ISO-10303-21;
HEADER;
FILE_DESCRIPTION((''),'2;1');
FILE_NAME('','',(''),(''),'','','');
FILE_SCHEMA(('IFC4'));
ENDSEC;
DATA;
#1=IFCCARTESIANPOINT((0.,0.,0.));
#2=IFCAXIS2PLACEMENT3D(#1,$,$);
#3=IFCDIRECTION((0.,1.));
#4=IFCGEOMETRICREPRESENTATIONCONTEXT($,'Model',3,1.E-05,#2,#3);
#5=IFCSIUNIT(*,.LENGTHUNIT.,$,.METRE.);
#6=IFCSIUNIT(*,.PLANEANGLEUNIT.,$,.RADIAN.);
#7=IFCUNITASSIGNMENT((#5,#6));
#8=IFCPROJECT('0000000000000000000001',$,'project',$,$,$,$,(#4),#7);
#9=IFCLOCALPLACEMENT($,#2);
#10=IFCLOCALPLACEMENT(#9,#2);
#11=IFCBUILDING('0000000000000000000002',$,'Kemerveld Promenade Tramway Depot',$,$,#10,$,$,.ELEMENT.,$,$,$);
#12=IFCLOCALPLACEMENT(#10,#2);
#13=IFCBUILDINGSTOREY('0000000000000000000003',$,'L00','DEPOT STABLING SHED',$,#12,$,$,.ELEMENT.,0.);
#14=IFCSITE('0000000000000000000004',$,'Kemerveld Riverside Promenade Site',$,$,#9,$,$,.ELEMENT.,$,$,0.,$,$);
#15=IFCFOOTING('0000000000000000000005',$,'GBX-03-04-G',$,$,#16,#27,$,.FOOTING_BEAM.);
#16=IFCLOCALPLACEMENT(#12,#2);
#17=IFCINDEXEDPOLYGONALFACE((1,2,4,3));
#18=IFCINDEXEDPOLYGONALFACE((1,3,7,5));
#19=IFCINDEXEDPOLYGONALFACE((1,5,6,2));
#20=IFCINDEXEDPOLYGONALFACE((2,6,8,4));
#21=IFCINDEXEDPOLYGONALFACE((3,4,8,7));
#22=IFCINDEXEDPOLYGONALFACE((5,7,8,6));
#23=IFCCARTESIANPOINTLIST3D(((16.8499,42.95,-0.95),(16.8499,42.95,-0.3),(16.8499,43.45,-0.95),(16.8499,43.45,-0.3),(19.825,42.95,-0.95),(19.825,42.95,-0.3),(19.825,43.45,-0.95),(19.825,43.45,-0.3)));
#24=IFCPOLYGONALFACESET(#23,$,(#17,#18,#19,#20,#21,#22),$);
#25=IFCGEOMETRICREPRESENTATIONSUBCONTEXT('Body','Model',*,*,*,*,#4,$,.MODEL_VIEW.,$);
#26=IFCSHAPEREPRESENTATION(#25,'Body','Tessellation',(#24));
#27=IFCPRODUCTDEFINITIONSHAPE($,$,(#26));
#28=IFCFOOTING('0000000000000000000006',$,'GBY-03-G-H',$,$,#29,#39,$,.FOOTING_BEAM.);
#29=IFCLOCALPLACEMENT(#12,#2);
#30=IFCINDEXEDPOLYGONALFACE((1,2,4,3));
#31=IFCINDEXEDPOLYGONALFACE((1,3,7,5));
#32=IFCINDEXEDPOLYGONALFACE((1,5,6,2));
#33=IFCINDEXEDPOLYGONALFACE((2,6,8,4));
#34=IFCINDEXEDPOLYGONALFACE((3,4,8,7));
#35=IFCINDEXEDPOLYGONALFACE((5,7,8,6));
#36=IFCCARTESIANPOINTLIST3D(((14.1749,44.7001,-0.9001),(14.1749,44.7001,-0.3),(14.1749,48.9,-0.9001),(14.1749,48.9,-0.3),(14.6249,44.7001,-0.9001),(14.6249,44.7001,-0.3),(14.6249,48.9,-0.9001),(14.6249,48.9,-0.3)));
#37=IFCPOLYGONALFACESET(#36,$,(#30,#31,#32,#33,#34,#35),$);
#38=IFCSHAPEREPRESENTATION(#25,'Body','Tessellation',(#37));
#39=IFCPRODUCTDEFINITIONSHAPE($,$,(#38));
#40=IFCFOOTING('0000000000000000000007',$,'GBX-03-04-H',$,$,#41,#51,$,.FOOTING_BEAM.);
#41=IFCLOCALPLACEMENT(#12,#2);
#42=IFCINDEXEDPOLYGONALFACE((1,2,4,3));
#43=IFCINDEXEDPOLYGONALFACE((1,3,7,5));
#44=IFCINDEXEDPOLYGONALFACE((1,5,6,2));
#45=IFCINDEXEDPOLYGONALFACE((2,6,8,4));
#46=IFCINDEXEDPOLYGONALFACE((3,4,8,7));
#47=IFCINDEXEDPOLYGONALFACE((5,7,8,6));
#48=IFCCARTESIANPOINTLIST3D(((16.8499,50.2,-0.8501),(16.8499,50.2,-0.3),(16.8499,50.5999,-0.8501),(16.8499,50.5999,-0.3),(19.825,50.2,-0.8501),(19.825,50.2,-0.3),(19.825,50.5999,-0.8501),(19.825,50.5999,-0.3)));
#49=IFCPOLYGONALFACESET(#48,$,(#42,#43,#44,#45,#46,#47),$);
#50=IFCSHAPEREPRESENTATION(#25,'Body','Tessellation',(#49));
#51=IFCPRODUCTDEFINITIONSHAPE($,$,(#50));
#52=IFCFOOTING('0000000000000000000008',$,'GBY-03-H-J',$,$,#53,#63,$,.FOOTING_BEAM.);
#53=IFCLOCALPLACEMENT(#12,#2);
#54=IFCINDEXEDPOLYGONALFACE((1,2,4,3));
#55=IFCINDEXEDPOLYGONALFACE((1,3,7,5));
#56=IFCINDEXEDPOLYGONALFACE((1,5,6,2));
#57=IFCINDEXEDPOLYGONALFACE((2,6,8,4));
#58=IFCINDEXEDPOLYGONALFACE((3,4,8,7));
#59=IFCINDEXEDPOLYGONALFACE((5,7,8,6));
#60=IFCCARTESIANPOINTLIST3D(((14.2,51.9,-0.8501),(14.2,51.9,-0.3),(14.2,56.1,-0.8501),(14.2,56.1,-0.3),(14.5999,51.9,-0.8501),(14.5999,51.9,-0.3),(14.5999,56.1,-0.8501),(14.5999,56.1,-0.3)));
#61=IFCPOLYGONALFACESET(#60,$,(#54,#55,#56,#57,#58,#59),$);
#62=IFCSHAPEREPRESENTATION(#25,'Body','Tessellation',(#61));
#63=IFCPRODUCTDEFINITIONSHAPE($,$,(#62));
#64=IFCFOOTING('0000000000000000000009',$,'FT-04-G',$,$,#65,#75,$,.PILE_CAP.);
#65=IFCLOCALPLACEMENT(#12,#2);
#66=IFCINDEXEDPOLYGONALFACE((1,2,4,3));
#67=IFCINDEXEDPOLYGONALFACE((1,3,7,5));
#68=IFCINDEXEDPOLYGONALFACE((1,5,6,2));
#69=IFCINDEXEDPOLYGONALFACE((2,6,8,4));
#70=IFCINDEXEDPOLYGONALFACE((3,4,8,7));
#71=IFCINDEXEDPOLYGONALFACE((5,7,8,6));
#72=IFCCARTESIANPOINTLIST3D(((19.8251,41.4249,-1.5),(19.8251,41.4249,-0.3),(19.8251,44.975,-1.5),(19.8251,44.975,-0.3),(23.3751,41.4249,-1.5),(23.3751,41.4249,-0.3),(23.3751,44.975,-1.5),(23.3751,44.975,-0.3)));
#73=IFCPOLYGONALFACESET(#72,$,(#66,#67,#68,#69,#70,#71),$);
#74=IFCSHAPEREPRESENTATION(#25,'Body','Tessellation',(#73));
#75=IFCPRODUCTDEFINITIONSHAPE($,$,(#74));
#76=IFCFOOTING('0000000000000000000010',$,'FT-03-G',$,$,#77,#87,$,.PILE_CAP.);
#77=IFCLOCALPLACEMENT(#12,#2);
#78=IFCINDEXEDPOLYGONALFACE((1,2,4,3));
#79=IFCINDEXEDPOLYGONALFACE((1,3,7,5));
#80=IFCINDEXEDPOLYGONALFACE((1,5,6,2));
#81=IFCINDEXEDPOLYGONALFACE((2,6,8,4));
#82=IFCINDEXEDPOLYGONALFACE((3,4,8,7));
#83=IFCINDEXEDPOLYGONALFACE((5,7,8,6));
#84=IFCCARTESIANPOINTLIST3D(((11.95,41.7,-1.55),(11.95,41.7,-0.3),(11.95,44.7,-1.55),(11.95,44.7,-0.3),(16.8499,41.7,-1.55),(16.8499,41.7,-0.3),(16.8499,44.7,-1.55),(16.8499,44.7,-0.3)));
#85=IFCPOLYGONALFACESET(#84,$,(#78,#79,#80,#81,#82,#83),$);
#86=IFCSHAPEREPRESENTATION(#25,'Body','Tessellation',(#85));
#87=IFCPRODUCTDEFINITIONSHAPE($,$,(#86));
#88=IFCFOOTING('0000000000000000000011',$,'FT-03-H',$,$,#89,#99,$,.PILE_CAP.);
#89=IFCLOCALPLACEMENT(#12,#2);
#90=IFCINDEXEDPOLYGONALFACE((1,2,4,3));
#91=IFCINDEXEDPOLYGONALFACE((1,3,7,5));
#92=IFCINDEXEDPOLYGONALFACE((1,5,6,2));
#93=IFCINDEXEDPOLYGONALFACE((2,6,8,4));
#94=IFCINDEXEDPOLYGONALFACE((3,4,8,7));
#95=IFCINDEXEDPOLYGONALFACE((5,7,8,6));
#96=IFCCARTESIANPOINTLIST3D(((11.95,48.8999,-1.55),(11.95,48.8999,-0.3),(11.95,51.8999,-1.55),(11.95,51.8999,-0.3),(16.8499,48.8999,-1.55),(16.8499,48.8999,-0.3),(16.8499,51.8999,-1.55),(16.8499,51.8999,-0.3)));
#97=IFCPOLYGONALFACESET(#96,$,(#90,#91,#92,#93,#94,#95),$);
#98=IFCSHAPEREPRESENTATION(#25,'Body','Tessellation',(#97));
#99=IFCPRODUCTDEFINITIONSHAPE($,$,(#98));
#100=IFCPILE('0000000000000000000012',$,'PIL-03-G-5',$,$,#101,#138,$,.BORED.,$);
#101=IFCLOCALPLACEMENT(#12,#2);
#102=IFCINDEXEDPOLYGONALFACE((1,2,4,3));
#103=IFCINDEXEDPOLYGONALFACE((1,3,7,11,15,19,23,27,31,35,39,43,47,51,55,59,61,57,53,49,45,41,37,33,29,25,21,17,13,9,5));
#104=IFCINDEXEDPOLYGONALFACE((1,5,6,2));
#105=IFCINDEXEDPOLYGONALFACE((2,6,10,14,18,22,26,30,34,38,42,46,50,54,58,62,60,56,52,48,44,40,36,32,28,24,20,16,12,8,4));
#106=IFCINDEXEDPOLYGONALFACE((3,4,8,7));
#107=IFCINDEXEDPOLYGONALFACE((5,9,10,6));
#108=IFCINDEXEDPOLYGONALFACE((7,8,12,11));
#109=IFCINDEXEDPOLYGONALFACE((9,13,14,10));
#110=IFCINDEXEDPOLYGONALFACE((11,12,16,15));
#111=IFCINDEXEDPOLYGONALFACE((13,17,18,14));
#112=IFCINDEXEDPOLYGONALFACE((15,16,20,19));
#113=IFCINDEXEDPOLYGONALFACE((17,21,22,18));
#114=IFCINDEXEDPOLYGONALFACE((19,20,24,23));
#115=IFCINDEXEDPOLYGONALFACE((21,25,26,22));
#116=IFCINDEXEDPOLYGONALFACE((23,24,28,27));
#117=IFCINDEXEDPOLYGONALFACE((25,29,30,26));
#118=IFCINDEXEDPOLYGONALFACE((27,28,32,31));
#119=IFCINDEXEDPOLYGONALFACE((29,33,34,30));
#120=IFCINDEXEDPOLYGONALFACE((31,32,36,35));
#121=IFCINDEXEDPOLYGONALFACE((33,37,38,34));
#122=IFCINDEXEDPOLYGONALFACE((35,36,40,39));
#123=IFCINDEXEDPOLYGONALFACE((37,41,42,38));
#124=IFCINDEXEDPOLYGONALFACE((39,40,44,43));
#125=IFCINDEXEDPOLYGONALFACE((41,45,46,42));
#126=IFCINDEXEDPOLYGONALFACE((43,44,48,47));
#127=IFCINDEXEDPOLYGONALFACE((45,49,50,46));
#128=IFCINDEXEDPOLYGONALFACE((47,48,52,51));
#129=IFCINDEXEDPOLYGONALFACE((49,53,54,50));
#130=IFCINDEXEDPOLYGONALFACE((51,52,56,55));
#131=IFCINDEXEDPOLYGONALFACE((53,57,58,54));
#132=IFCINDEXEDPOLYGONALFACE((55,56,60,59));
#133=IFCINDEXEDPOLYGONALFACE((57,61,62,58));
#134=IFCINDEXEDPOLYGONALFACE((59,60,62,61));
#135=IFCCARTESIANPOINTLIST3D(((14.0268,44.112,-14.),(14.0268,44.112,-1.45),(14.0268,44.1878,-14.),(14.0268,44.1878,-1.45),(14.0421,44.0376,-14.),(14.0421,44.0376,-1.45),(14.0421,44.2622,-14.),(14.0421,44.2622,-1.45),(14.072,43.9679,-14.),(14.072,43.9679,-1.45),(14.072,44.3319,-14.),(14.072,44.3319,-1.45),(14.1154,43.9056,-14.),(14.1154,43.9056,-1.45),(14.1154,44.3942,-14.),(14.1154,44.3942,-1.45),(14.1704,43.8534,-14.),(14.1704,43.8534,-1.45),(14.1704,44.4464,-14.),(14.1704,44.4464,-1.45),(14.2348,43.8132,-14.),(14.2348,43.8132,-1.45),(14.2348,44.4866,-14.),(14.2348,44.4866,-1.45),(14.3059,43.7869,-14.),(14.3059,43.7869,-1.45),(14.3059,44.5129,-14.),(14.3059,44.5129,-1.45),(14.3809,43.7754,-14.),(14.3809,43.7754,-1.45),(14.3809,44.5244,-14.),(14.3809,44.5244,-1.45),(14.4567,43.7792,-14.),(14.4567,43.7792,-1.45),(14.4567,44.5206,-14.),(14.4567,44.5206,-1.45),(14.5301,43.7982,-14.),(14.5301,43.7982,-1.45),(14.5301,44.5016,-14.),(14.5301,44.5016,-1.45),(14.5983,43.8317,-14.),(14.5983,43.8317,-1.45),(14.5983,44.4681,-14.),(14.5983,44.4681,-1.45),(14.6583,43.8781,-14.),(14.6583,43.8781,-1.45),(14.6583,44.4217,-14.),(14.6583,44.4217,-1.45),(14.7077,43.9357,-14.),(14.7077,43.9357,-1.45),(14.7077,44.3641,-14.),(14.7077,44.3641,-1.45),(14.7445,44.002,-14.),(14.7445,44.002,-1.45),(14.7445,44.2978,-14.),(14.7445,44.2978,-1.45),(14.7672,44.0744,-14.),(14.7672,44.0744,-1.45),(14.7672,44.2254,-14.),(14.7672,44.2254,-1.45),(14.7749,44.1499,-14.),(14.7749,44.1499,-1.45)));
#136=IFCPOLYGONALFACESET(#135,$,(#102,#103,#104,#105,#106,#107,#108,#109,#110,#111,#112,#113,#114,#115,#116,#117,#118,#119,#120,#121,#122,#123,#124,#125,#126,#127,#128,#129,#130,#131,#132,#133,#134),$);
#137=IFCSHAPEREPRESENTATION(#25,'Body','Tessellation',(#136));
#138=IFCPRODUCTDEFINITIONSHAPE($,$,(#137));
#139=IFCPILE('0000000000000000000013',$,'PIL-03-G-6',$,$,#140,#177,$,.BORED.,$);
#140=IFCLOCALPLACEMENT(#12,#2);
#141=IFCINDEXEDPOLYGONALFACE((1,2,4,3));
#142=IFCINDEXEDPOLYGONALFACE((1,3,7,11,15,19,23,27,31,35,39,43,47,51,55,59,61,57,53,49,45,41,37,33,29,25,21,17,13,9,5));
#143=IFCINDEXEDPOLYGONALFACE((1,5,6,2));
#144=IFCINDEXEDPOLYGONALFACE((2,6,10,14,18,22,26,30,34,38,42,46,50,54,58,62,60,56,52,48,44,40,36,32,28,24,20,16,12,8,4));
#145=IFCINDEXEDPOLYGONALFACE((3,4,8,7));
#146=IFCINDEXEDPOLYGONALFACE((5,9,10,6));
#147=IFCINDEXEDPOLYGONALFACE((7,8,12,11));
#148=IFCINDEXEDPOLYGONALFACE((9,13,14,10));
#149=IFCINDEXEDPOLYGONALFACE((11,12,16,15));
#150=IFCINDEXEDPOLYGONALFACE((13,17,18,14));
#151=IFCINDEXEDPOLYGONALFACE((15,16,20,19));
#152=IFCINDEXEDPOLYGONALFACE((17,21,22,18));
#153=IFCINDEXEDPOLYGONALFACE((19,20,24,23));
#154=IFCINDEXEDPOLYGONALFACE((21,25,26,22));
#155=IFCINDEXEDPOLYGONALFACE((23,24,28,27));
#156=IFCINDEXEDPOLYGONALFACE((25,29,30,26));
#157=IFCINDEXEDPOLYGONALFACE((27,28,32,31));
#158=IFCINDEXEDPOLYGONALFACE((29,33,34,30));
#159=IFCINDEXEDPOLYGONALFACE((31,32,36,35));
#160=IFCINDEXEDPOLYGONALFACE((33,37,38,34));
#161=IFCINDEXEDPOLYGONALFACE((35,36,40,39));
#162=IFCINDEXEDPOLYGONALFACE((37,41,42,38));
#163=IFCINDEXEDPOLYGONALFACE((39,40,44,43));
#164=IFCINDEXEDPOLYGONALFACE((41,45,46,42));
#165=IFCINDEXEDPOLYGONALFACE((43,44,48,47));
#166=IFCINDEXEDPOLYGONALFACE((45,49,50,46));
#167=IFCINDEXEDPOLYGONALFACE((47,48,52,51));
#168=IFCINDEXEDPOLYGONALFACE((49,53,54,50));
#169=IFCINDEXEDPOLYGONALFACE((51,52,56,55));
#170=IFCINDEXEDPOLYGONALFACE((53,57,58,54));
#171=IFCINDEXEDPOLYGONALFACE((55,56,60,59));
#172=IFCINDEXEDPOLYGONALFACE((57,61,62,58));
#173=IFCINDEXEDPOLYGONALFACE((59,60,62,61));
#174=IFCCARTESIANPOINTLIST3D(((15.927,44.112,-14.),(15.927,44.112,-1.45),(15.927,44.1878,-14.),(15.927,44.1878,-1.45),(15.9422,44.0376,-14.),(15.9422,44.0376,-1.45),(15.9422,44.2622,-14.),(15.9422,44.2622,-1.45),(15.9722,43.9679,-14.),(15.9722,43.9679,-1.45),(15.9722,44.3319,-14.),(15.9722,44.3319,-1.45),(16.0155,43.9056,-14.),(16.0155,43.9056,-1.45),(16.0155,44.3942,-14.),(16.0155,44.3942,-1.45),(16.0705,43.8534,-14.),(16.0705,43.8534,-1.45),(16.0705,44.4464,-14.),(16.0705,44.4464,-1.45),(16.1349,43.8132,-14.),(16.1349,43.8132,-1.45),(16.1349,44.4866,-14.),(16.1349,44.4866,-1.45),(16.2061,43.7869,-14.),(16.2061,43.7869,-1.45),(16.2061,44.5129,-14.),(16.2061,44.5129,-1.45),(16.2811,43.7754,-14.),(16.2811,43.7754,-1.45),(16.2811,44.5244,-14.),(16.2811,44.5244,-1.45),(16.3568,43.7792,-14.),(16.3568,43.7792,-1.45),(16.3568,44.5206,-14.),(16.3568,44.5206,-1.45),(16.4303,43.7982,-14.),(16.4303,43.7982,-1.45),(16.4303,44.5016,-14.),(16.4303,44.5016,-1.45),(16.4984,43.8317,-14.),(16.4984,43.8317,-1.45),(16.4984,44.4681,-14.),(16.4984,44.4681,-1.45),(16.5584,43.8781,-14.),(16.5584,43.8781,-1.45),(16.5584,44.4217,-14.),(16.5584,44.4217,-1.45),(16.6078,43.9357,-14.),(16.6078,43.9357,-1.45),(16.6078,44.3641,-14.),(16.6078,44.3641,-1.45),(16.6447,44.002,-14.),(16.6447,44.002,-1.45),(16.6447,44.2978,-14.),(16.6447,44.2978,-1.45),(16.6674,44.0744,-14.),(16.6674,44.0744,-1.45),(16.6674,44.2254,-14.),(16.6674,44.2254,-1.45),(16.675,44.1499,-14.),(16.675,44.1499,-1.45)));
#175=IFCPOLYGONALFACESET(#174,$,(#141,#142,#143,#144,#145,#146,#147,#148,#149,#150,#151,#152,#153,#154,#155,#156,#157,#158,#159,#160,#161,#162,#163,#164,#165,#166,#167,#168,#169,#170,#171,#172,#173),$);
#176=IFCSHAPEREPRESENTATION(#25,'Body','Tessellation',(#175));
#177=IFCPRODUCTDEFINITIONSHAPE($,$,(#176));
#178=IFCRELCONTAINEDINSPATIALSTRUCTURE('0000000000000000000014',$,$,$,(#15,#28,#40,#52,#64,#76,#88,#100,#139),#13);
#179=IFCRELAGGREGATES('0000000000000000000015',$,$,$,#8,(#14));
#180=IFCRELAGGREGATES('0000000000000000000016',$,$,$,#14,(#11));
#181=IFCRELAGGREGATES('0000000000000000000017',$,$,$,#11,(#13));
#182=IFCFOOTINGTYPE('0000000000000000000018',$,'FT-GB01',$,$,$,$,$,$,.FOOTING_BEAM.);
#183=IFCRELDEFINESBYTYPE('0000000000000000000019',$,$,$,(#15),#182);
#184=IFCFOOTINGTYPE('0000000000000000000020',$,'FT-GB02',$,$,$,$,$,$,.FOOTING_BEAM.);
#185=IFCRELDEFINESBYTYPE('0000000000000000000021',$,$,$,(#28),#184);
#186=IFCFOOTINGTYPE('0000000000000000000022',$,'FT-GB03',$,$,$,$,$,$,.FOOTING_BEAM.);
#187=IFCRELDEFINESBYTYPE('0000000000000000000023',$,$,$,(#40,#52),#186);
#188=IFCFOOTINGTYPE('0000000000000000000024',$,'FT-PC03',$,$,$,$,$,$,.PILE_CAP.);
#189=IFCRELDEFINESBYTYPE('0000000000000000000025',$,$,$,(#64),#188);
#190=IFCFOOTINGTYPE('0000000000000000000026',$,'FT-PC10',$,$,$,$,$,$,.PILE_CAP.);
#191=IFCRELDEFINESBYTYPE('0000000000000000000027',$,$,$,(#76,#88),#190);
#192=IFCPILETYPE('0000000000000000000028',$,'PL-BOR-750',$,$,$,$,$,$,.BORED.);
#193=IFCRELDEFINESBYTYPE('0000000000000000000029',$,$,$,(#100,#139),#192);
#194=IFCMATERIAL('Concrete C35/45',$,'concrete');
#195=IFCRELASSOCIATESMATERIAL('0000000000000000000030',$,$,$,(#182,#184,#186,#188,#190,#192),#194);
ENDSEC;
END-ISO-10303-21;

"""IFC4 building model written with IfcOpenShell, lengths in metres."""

from ifc_helpers import new_model, si_unit, direction, frame, origin, origin_2d, place, context, subcontext, project, spatial, rectangle, circle, extrude, material, material_profile, profile_set, type_object, element, save


model = new_model("IFC4")

# Units and contexts
model_context = context("Model", 3, precision=1e-05, world=origin(), true_north=direction((0.0, 1.0)))
body_context = subcontext(model_context, "Body", "Model", "MODEL_VIEW")
ifc_project = project(units=[si_unit("LENGTHUNIT", "METRE"), si_unit("PLANEANGLEUNIT", "RADIAN")], contexts=[model_context])

# Site, building, storey
site_placement = place(None, origin())
site = spatial("IfcSite", under=ifc_project, at=site_placement, Name="Kemerveld Riverside Promenade Site", CompositionType="ELEMENT", RefElevation=0.0)
building_placement = place(site_placement, origin())
building = spatial("IfcBuilding", under=site, at=building_placement, Name="Kemerveld Promenade Tramway Depot", CompositionType="ELEMENT")
storey_placement = place(building_placement, origin())
storey = spatial("IfcBuildingStorey", under=building, at=storey_placement, Name="L00", Description="DEPOT STABLING SHED", CompositionType="ELEMENT", Elevation=0.0)

# Footings
ifc_material_1 = material(Name="Concrete C35/45", Category="concrete")
footing_type_1 = type_object("IfcFootingType", Name="FT-GB01", PredefinedType="FOOTING_BEAM", material=ifc_material_1)
footing_1_placement = place(storey_placement, frame((18.3374, 43.2, -0.95), z_axis=(0.0, 0.0, 1.0), x_axis=(1.0, 0.0, 0.0)))
element("IfcFooting", 1, at=footing_1_placement, inside=storey, type_object=footing_type_1, Name="GBX-03-04-G", PredefinedType="FOOTING_BEAM", context=body_context, shape_type="SweptSolid", body=[
    extrude(rectangle(XDim=2.9751, YDim=0.5, at=origin_2d()), origin(), (0.0, 0.0, 1.0), 0.6499),
])
footing_type_2 = type_object("IfcFootingType", Name="FT-GB02", PredefinedType="FOOTING_BEAM", material=ifc_material_1)
footing_2_placement = place(storey_placement, frame((14.3999, 46.8, -0.9001), z_axis=(0.0, 0.0, 1.0), x_axis=(0.0, 1.0, 0.0)))
element("IfcFooting", 2, at=footing_2_placement, inside=storey, type_object=footing_type_2, Name="GBY-03-G-H", PredefinedType="FOOTING_BEAM", context=body_context, shape_type="SweptSolid", body=[
    extrude(rectangle(XDim=4.2, YDim=0.45, at=origin_2d()), origin(), (0.0, 0.0, 1.0), 0.6001),
])
footing_type_3 = type_object("IfcFootingType", Name="FT-GB03", PredefinedType="FOOTING_BEAM", material=ifc_material_1)
footing_3_placement = place(storey_placement, frame((18.3374, 50.3999, -0.8501), z_axis=(0.0, 0.0, 1.0), x_axis=(1.0, 0.0, 0.0)))
element("IfcFooting", 3, at=footing_3_placement, inside=storey, type_object=footing_type_3, Name="GBX-03-04-H", PredefinedType="FOOTING_BEAM", context=body_context, shape_type="SweptSolid", body=[
    extrude(rectangle(XDim=2.9751, YDim=0.3999, at=origin_2d()), origin(), (0.0, 0.0, 1.0), 0.55),
])
footing_4_placement = place(storey_placement, frame((14.3999, 54.0, -0.8501), z_axis=(0.0, 0.0, 1.0), x_axis=(0.0, 1.0, 0.0)))
element("IfcFooting", 4, at=footing_4_placement, inside=storey, type_object=footing_type_3, Name="GBY-03-H-J", PredefinedType="FOOTING_BEAM", context=body_context, shape_type="SweptSolid", body=[
    extrude(rectangle(XDim=4.2, YDim=0.3999, at=origin_2d()), origin(), (0.0, 0.0, 1.0), 0.55),
])
footing_type_4 = type_object("IfcFootingType", Name="FT-PC03", PredefinedType="PILE_CAP", material=ifc_material_1)
footing_5_placement = place(storey_placement, frame((21.6001, 43.2, -1.5), z_axis=(0.0, 0.0, 1.0), x_axis=(1.0, 0.0, 0.0)))
element("IfcFooting", 5, at=footing_5_placement, inside=storey, type_object=footing_type_4, Name="FT-04-G", PredefinedType="PILE_CAP", context=body_context, shape_type="SweptSolid", body=[
    extrude(rectangle(XDim=3.55, YDim=3.55, at=origin_2d()), origin(), (0.0, 0.0, 1.0), 1.2),
])
footing_type_5 = type_object("IfcFootingType", Name="FT-PC10", PredefinedType="PILE_CAP", material=ifc_material_1)
for number, where, z_axis, x_axis, name in (
    (6, (14.3999, 43.2, -1.55), (0.0, 0.0, 1.0), (1.0, 0.0, 0.0), "FT-03-G"),
    (7, (14.3999, 50.3999, -1.55), (0.0, 0.0, 1.0), (1.0, 0.0, 0.0), "FT-03-H"),
):
    element("IfcFooting", number, at=place(storey_placement, frame(where, z_axis=z_axis, x_axis=x_axis)), inside=storey, type_object=footing_type_5, Name=name, PredefinedType="PILE_CAP", context=body_context, shape_type="SweptSolid", body=[
        extrude(rectangle(XDim=4.8999, YDim=3.0, at=origin_2d()), origin(), (0.0, 0.0, 1.0), 1.25),
    ])

# Piles
ifc_material_profile_1 = material_profile(ifc_material_1, circle(Radius=0.375, at=origin_2d()), Name="PILE-D750")
ifc_profile_set_1 = profile_set([ifc_material_profile_1], Name="Concrete C35/45")
pile_type_1 = type_object("IfcPileType", Name="PL-BOR-750", PredefinedType="BORED", material=ifc_profile_set_1)
for number, where, z_axis, x_axis, name in (
    (8, (14.3999, 44.1499, -1.45), (0.0, 0.0, -1.0), (1.0, 0.0, 0.0), "PIL-03-G-5"),
    (9, (16.3, 44.1499, -1.45), (0.0, 0.0, -1.0), (1.0, 0.0, 0.0), "PIL-03-G-6"),
):
    element("IfcPile", number, at=place(storey_placement, frame(where, z_axis=z_axis, x_axis=x_axis)), inside=storey, type_object=pile_type_1, Name=name, PredefinedType="BORED", context=body_context, shape_type="SweptSolid", body=[
        extrude(circle(Radius=0.375, at=origin_2d()), origin(), (0.0, 0.0, 1.0), 12.55),
    ])

save(model, "model.ifc")
